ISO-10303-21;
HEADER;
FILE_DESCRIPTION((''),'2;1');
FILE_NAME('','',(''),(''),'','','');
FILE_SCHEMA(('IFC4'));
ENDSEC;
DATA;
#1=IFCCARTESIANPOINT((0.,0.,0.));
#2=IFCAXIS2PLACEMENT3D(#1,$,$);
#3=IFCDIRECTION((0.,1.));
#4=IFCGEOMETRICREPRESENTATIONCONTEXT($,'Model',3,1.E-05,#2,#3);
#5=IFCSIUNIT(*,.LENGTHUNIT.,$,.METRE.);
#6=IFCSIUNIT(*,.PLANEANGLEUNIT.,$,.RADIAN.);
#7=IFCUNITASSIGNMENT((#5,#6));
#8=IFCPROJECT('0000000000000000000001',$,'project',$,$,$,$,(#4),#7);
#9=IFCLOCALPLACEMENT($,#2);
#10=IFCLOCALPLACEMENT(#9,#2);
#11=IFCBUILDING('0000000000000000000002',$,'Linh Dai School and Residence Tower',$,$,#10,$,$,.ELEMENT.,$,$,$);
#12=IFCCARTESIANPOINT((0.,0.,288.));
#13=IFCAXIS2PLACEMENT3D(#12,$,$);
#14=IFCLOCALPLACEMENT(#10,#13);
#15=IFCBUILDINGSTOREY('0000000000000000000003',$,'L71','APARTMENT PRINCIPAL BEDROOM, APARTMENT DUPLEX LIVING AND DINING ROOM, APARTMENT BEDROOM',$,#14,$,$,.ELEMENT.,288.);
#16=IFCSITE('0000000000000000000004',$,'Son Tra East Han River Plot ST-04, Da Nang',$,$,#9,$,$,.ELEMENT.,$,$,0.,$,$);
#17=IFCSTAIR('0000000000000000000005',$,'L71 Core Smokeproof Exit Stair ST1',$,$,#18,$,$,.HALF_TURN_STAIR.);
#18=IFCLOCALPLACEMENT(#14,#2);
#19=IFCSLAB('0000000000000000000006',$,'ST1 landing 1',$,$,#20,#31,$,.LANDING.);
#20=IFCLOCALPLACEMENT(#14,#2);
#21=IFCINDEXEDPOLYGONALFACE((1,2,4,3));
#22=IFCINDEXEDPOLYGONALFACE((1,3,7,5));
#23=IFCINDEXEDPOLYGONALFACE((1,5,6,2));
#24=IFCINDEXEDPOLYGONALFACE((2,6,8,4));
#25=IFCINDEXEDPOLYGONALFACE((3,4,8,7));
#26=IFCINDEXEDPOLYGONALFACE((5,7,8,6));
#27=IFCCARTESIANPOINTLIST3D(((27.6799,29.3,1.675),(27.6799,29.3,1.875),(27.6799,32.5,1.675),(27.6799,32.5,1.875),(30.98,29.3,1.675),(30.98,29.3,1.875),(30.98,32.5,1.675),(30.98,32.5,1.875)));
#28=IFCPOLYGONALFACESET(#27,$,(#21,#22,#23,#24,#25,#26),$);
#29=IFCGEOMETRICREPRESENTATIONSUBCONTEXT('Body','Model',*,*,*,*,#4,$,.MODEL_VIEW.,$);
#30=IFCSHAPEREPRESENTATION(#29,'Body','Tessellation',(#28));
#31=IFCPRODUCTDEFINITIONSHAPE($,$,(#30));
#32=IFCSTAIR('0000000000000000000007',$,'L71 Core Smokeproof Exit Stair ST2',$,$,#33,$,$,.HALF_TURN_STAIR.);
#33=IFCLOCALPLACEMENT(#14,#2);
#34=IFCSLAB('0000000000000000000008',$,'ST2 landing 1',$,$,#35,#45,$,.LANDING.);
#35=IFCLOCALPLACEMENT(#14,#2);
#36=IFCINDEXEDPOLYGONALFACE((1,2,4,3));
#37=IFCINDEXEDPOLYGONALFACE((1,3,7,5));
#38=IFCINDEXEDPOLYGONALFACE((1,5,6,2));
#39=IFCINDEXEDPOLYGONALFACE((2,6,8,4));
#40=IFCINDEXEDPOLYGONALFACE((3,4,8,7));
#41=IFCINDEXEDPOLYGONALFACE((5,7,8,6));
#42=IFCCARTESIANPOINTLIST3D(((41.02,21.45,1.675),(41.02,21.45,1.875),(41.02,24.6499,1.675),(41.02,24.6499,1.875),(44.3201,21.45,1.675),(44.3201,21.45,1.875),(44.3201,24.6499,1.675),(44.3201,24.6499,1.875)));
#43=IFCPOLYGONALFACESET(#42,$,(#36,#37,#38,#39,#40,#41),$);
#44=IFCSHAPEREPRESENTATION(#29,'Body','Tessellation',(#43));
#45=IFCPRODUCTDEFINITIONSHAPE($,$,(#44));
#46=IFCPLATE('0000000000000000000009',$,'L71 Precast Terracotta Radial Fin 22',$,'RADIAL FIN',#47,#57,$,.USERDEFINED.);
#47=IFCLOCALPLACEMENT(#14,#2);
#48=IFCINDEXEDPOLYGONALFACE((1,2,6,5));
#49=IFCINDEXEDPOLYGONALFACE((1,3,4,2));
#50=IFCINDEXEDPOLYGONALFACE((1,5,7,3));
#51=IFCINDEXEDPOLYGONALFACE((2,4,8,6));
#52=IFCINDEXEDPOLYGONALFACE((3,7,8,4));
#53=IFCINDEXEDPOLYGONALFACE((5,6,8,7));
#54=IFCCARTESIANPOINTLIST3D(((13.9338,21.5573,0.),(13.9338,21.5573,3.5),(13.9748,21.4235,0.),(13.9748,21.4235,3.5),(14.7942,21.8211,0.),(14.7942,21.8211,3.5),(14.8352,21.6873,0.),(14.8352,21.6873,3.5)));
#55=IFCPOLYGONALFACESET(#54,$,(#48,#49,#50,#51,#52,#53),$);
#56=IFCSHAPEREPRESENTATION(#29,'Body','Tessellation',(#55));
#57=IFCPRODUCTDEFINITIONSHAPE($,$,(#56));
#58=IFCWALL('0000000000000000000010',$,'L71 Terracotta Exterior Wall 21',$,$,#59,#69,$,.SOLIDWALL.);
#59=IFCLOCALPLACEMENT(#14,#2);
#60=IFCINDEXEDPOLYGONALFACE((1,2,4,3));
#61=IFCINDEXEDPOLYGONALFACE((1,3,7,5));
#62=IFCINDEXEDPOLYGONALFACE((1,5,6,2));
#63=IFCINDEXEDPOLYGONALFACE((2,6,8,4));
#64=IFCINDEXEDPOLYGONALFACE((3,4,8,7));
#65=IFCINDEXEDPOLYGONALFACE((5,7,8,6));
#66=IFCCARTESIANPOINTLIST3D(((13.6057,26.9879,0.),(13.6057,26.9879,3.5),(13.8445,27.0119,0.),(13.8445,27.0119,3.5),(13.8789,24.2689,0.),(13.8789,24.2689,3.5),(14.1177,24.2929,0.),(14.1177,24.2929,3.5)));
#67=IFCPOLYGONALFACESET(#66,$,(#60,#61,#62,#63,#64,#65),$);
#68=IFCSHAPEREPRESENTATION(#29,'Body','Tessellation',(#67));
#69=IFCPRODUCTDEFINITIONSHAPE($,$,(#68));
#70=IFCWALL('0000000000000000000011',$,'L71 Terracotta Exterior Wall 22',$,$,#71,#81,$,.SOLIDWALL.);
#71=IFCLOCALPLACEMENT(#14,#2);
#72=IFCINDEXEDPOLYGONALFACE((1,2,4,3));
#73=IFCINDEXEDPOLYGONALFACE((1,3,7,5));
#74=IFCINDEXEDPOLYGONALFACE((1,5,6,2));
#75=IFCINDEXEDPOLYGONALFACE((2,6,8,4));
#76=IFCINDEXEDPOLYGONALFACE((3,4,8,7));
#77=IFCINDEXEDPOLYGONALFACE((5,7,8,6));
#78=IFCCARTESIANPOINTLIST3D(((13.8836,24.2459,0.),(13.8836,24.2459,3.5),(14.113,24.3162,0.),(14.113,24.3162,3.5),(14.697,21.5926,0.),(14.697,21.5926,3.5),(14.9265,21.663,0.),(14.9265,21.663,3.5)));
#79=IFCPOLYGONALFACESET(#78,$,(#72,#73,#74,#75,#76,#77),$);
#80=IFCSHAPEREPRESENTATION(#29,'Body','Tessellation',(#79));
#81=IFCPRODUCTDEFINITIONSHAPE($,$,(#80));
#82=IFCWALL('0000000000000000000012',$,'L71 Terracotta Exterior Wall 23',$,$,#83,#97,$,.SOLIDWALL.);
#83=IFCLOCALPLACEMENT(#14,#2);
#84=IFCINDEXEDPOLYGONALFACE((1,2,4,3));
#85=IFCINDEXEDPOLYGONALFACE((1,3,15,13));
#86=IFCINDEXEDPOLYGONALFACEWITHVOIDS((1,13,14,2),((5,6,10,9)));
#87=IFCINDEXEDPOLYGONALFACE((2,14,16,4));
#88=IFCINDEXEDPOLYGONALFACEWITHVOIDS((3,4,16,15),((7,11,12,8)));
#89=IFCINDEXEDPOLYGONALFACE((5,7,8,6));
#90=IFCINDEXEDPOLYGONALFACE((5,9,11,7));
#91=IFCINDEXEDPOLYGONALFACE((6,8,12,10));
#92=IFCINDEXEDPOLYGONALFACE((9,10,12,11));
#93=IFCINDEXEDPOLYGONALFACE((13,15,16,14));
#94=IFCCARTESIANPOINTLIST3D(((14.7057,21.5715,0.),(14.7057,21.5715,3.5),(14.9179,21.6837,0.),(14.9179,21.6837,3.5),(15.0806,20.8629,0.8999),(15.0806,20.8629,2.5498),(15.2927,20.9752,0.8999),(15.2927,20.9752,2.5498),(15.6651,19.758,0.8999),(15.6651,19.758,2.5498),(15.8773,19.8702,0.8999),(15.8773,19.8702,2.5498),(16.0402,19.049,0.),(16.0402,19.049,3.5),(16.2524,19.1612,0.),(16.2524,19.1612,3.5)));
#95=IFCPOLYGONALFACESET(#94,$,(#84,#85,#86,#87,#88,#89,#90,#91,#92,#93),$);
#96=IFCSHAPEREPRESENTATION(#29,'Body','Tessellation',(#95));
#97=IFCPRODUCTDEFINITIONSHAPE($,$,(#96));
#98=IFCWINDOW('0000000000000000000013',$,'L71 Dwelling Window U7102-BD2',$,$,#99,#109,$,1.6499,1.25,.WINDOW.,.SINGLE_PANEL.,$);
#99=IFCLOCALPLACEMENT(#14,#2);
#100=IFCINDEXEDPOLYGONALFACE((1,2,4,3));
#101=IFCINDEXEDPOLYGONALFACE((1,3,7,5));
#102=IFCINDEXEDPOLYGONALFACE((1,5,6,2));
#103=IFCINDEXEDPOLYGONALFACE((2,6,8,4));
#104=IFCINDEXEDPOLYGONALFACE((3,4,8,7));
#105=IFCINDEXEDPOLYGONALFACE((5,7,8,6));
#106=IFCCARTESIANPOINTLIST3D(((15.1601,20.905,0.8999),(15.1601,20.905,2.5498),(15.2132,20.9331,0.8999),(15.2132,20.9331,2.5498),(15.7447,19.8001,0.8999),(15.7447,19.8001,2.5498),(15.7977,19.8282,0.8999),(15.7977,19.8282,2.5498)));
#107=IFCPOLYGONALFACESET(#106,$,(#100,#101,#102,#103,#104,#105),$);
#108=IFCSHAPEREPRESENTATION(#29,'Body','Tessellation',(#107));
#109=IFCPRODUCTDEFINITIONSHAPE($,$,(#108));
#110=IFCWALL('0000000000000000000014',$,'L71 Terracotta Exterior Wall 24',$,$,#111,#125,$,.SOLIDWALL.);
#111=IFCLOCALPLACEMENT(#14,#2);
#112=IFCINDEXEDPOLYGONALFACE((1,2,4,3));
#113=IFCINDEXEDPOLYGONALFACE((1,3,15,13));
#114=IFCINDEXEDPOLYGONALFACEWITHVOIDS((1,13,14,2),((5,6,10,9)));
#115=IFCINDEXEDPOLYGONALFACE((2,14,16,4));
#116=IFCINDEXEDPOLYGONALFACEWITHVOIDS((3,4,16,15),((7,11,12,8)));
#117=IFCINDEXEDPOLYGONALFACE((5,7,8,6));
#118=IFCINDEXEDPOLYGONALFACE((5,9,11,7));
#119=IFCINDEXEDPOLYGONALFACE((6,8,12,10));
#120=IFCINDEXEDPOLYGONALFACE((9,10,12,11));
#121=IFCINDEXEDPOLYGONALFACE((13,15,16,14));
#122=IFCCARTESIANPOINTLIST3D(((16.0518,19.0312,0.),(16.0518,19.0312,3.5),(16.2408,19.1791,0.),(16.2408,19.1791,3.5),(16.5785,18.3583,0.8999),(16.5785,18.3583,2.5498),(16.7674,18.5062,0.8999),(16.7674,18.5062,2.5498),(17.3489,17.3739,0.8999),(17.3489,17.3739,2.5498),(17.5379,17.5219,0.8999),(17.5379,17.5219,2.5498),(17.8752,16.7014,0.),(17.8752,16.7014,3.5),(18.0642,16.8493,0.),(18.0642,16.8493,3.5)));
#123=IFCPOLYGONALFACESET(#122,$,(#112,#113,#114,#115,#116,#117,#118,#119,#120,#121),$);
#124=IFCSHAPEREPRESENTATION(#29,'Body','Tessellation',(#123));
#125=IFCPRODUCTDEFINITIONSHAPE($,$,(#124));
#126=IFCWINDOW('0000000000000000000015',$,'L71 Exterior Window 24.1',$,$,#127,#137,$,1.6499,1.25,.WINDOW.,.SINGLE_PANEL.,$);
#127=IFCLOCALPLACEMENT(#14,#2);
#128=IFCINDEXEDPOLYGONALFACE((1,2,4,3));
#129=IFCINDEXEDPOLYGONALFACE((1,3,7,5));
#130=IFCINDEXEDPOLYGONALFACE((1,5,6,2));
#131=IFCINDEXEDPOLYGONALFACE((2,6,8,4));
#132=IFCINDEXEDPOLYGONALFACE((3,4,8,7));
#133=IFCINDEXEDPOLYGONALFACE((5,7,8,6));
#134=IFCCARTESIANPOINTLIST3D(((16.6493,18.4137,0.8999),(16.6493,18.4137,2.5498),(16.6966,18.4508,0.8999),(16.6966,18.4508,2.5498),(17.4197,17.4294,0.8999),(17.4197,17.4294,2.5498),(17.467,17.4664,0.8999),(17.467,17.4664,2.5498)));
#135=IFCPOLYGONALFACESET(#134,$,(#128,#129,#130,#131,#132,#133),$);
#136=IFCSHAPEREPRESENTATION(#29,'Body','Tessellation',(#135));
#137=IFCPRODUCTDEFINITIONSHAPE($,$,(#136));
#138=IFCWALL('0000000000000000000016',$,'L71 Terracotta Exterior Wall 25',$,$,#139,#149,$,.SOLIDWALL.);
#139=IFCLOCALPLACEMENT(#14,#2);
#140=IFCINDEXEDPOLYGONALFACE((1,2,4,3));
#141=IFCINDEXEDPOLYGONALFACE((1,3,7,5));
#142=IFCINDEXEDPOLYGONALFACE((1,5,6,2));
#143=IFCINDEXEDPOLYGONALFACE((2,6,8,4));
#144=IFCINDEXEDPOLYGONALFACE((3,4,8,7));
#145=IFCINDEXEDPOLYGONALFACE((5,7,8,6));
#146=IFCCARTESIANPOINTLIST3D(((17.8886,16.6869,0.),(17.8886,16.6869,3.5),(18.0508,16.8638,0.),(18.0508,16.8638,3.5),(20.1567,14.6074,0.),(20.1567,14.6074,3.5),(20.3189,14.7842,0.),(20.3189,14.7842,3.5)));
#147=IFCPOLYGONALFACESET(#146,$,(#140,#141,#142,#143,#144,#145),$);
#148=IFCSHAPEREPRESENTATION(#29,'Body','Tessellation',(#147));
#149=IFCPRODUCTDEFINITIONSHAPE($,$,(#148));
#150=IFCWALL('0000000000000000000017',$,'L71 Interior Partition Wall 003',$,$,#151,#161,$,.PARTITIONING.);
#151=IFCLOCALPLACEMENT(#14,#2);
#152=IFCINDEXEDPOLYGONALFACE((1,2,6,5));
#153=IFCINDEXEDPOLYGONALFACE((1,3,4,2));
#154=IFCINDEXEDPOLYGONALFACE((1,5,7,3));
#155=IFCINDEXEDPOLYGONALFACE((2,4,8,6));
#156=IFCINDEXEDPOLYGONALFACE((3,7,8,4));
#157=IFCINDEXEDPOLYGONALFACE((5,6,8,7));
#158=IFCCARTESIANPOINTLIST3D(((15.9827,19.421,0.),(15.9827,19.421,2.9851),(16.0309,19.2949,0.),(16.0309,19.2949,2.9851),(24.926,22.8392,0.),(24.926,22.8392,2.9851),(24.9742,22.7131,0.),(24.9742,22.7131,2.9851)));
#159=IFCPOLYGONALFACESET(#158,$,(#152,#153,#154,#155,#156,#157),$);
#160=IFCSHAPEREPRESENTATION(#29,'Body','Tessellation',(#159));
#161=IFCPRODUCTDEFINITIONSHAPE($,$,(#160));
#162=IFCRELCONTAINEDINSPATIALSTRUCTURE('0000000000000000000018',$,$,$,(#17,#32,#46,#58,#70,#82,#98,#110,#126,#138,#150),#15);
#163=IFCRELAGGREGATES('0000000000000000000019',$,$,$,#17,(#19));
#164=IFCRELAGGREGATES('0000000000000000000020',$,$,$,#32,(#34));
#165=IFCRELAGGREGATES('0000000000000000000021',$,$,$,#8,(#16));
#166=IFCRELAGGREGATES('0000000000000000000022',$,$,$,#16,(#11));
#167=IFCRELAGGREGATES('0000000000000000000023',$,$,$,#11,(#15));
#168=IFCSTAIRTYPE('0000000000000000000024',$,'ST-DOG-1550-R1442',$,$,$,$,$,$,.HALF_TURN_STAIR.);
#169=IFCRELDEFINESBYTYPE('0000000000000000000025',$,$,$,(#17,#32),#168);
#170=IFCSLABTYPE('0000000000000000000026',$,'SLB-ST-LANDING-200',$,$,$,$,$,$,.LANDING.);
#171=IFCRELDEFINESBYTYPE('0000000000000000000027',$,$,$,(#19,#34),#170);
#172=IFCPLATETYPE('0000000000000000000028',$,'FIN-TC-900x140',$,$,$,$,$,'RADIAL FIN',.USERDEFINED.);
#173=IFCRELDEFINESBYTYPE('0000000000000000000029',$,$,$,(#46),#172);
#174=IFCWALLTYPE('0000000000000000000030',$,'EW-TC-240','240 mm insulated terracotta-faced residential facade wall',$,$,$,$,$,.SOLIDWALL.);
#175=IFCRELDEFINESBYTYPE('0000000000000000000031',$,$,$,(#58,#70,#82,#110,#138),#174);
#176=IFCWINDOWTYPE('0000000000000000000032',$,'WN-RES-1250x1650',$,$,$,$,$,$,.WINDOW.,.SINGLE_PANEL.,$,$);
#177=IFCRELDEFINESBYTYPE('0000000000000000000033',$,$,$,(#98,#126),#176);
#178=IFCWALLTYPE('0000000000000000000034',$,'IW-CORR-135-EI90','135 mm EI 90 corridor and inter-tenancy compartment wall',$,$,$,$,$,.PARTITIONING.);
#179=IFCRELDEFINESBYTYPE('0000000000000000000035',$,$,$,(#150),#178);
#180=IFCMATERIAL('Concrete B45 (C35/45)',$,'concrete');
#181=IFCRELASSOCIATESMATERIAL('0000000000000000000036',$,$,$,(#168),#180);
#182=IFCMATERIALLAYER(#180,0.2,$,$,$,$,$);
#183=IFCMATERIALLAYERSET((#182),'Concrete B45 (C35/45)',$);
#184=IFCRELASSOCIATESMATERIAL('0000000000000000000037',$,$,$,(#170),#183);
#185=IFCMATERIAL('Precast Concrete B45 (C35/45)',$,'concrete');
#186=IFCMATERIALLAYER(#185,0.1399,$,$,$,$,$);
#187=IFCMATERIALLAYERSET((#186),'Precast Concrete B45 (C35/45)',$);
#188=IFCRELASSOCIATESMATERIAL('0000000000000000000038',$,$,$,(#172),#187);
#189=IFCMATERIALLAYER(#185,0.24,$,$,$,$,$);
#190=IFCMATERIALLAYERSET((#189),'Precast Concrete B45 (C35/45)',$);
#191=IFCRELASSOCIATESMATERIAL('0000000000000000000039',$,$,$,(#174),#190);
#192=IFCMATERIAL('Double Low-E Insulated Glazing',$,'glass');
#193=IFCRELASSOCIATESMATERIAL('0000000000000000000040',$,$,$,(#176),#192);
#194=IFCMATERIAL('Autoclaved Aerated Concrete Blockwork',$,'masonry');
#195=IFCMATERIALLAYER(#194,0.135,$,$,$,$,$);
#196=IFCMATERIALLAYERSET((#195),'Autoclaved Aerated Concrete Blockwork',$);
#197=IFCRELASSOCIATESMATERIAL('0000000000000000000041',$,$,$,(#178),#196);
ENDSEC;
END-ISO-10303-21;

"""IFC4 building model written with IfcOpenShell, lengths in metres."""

from ifc_helpers import new_model, si_unit, direction, frame, frame_2d, origin, origin_2d, place, context, subcontext, project, spatial, polyline, rectangle, outline, extrude, source, transform, mapped, material, layer, layer_set, type_object, element, fill, aggregate, save


model = new_model("IFC4")

# Units and contexts
model_context = context("Model", 3, precision=1e-05, world=origin(), true_north=direction((0.0, 1.0)))
body_context = subcontext(model_context, "Body", "Model", "MODEL_VIEW")
ifc_project = project(units=[si_unit("LENGTHUNIT", "METRE"), si_unit("PLANEANGLEUNIT", "RADIAN")], contexts=[model_context])

# Site, building, storey
site_placement = place(None, origin())
site = spatial("IfcSite", under=ifc_project, at=site_placement, Name="Son Tra East Han River Plot ST-04, Da Nang", CompositionType="ELEMENT", RefElevation=0.0)
building_placement = place(site_placement, origin())
building = spatial("IfcBuilding", under=site, at=building_placement, Name="Linh Dai School and Residence Tower", CompositionType="ELEMENT")
storey_placement = place(building_placement, frame((0.0, 0.0, 288.0)))
storey = spatial("IfcBuildingStorey", under=building, at=storey_placement, Name="L71", Description="APARTMENT PRINCIPAL BEDROOM, APARTMENT DUPLEX LIVING AND DINING ROOM, APARTMENT BEDROOM", CompositionType="ELEMENT", Elevation=288.0)

# Shared definitions
ifc_material_1 = material(Name="Concrete B45 (C35/45)", Category="concrete")

# Stairs, slabs
stair_type = type_object("IfcStairType", Name="ST-DOG-1550-R1442", PredefinedType="HALF_TURN_STAIR", material=ifc_material_1)
stair_1_placement = place(storey_placement, origin())
stair_1 = element("IfcStair", 1, at=stair_1_placement, inside=storey, type_object=stair_type, Name="L71 Core Smokeproof Exit Stair ST1", PredefinedType="HALF_TURN_STAIR")
ifc_layer_1 = layer(ifc_material_1, 0.2)
ifc_layer_set_1 = layer_set([ifc_layer_1], Name="Concrete B45 (C35/45)")
slab_type_1 = type_object("IfcSlabType", Name="SLB-ST-LANDING-200", PredefinedType="LANDING", material=ifc_layer_set_1)
slab_1_placement = place(storey_placement, frame((0.0, 0.0, 1.675)))
slab_1 = element("IfcSlab", 2, at=slab_1_placement, type_object=slab_type_1, Name="ST1 landing 1", PredefinedType="LANDING", context=body_context, shape_type="SweptSolid", body=[
    extrude(outline(polyline([(30.98, 29.3), (30.98, 32.5), (27.6799, 32.5), (27.6799, 29.3), (30.98, 29.3)])), origin(), (0.0, 0.0, 1.0), 0.2),
])
aggregate(stair_1, [slab_1])
stair_2_placement = place(storey_placement, origin())
stair_2 = element("IfcStair", 3, at=stair_2_placement, inside=storey, type_object=stair_type, Name="L71 Core Smokeproof Exit Stair ST2", PredefinedType="HALF_TURN_STAIR")
slab_2_placement = place(storey_placement, frame((0.0, 0.0, 1.675)))
slab_2 = element("IfcSlab", 4, at=slab_2_placement, type_object=slab_type_1, Name="ST2 landing 1", PredefinedType="LANDING", context=body_context, shape_type="SweptSolid", body=[
    extrude(outline(polyline([(41.02, 24.6499), (41.02, 21.45), (44.3201, 21.45), (44.3201, 24.6499), (41.02, 24.6499)])), origin(), (0.0, 0.0, 1.0), 0.2),
])
aggregate(stair_2, [slab_2])

# Plate
ifc_material_2 = material(Name="Precast Concrete B45 (C35/45)", Category="concrete")
ifc_layer_2 = layer(ifc_material_2, 0.1399)
ifc_layer_set_2 = layer_set([ifc_layer_2], Name="Precast Concrete B45 (C35/45)")
plate_type = type_object("IfcPlateType", Name="FIN-TC-900x140", ElementType="RADIAL FIN", PredefinedType="USERDEFINED", material=ifc_layer_set_2)
shared_shape_1 = source(origin(), body_context, "Body", "SweptSolid", [
    extrude(rectangle(XDim=0.8999, YDim=0.1399, at=origin_2d()), origin(), (0.0, 0.0, 1.0), 3.5),
])
plate_placement = place(storey_placement, frame((14.3845, 21.6223, 0.0), z_axis=(0.0, 0.0, 1.0), x_axis=(-0.956069, -0.293141, 0.0)))
element("IfcPlate", 5, at=plate_placement, inside=storey, type_object=plate_type, Name="L71 Precast Terracotta Radial Fin 22", ObjectType="RADIAL FIN", PredefinedType="USERDEFINED", context=body_context, shape_type="MappedRepresentation", body=[
    mapped(shared_shape_1, transform((0.0, 0.0, 0.0), x_axis=(1.0, 0.0, 0.0), y_axis=(0.0, 1.0, 0.0), z_axis=(0.0, 0.0, 1.0), scale=1.0)),
])

# Walls
ifc_layer_3 = layer(ifc_material_2, 0.24)
ifc_layer_set_3 = layer_set([ifc_layer_3], Name="Precast Concrete B45 (C35/45)")
wall_type_1 = type_object("IfcWallType", Name="EW-TC-240", Description="240 mm insulated terracotta-faced residential facade wall", PredefinedType="SOLIDWALL", material=ifc_layer_set_3)
wall_1_placement = place(storey_placement, frame((13.9983, 24.281, 0.0), z_axis=(0.0, 0.0, 1.0), x_axis=(-0.099973, 0.99499, 0.0)))
element("IfcWall", 6, at=wall_1_placement, inside=storey, type_object=wall_type_1, Name="L71 Terracotta Exterior Wall 21", PredefinedType="SOLIDWALL", context=body_context, shape_type="SweptSolid", body=[
    extrude(rectangle(XDim=2.7327, YDim=0.24, at=frame_2d((1.3662, 0.0))), origin(), (0.0, 0.0, 1.0), 3.5),
])
wall_2_placement = place(storey_placement, frame((14.8118, 21.6277, 0.0), z_axis=(0.0, 0.0, 1.0), x_axis=(-0.293121, 0.956075, 0.0)))
element("IfcWall", 7, at=wall_2_placement, inside=storey, type_object=wall_type_1, Name="L71 Terracotta Exterior Wall 22", PredefinedType="SOLIDWALL", context=body_context, shape_type="SweptSolid", body=[
    extrude(rectangle(XDim=2.7751, YDim=0.24, at=frame_2d((1.3877, 0.0))), origin(), (0.0, 0.0, 1.0), 3.5),
])

# Walls, openings, windows
wall_3_placement = place(storey_placement, frame((16.1462, 19.1052, 0.0), z_axis=(0.0, 0.0, 1.0), x_axis=(-0.467628, 0.883925, 0.0)))
wall_3 = element("IfcWall", 8, at=wall_3_placement, inside=storey, type_object=wall_type_1, Name="L71 Terracotta Exterior Wall 23", PredefinedType="SOLIDWALL", context=body_context, shape_type="SweptSolid", body=[
    extrude(rectangle(XDim=2.8538, YDim=0.24, at=frame_2d((1.4268, 0.0))), origin(), (0.0, 0.0, 1.0), 3.5),
])
opening_1_placement = place(wall_3_placement, frame((0.802, 0.0, 0.8999)))
opening_1 = element("IfcOpeningElement", 9, at=opening_1_placement, cuts=wall_3, PredefinedType="OPENING", context=body_context, shape_type="SweptSolid", body=[
    extrude(rectangle(XDim=1.25, YDim=1.6499, at=origin_2d()), frame((0.625, 0.1299, 0.825), z_axis=(0.0, -1.0, 0.0), x_axis=(1.0, 0.0, 0.0)), (0.0, 0.0, 1.0), 0.26),
])
ifc_material_3 = material(Name="Double Low-E Insulated Glazing", Category="glass")
window_type = type_object("IfcWindowType", Name="WN-RES-1250x1650", PartitioningType="SINGLE_PANEL", PredefinedType="WINDOW", material=ifc_material_3)
shared_shape_2 = source(origin(), body_context, "Body", "SweptSolid", [
    extrude(rectangle(XDim=1.25, YDim=1.6499, at=origin_2d()), frame((0.625, 0.03, 0.825), z_axis=(0.0, -1.0, 0.0), x_axis=(1.0, 0.0, 0.0)), (0.0, 0.0, 1.0), 0.0601),
])
window_1_placement = place(opening_1_placement, origin())
window_1 = element("IfcWindow", 10, at=window_1_placement, inside=storey, type_object=window_type, Name="L71 Dwelling Window U7102-BD2", OverallHeight=1.6499, OverallWidth=1.25, PartitioningType="SINGLE_PANEL", PredefinedType="WINDOW", context=body_context, shape_type="MappedRepresentation", body=[
    mapped(shared_shape_2, transform((0.0, 0.0, 0.0), x_axis=(1.0, 0.0, 0.0), y_axis=(0.0, 1.0, 0.0), z_axis=(0.0, 0.0, 1.0), scale=1.0)),
])
fill(opening_1, window_1)
wall_4_placement = place(storey_placement, frame((17.9697, 16.7754, 0.0), z_axis=(0.0, 0.0, 1.0), x_axis=(-0.616337, 0.787482, 0.0)))
wall_4 = element("IfcWall", 11, at=wall_4_placement, inside=storey, type_object=wall_type_1, Name="L71 Terracotta Exterior Wall 24", PredefinedType="SOLIDWALL", context=body_context, shape_type="SweptSolid", body=[
    extrude(rectangle(XDim=2.9585, YDim=0.24, at=frame_2d((1.4792, 0.0))), origin(), (0.0, 0.0, 1.0), 3.5),
])
opening_2_placement = place(wall_4_placement, frame((0.854, 0.0, 0.8999)))
opening_2 = element("IfcOpeningElement", 12, at=opening_2_placement, cuts=wall_4, PredefinedType="OPENING", context=body_context, shape_type="SweptSolid", body=[
    extrude(rectangle(XDim=1.25, YDim=1.6499, at=origin_2d()), frame((0.625, 0.1299, 0.825), z_axis=(0.0, -1.0, 0.0), x_axis=(1.0, 0.0, 0.0)), (0.0, 0.0, 1.0), 0.26),
])
window_2_placement = place(opening_2_placement, origin())
window_2 = element("IfcWindow", 13, at=window_2_placement, inside=storey, type_object=window_type, Name="L71 Exterior Window 24.1", OverallHeight=1.6499, OverallWidth=1.25, PartitioningType="SINGLE_PANEL", PredefinedType="WINDOW", context=body_context, shape_type="MappedRepresentation", body=[
    mapped(shared_shape_2, transform((0.0, 0.0, 0.0), x_axis=(1.0, 0.0, 0.0), y_axis=(0.0, 1.0, 0.0), z_axis=(0.0, 0.0, 1.0), scale=1.0)),
])
fill(opening_2, window_2)

# Walls
wall_5_placement = place(storey_placement, frame((20.2378, 14.6958, 0.0), z_axis=(0.0, 0.0, 1.0), x_axis=(-0.737069, 0.675818, 0.0)))
element("IfcWall", 14, at=wall_5_placement, inside=storey, type_object=wall_type_1, Name="L71 Terracotta Exterior Wall 25", PredefinedType="SOLIDWALL", context=body_context, shape_type="SweptSolid", body=[
    extrude(rectangle(XDim=3.0771, YDim=0.24, at=frame_2d((1.5386, 0.0))), origin(), (0.0, 0.0, 1.0), 3.5),
])
ifc_material_4 = material(Name="Autoclaved Aerated Concrete Blockwork", Category="masonry")
ifc_layer_4 = layer(ifc_material_4, 0.135)
ifc_layer_set_4 = layer_set([ifc_layer_4], Name="Autoclaved Aerated Concrete Blockwork")
wall_type_2 = type_object("IfcWallType", Name="IW-CORR-135-EI90", Description="135 mm EI 90 corridor and inter-tenancy compartment wall", PredefinedType="PARTITIONING", material=ifc_layer_set_4)
wall_6_placement = place(storey_placement, frame((16.0068, 19.3579, 0.0), z_axis=(0.0, 0.0, 1.0), x_axis=(0.934094, 0.357027, 0.0)))
element("IfcWall", 15, at=wall_6_placement, inside=storey, type_object=wall_type_2, Name="L71 Interior Partition Wall 003", PredefinedType="PARTITIONING", context=body_context, shape_type="SweptSolid", body=[
    extrude(rectangle(XDim=9.5742, YDim=0.135, at=frame_2d((4.7871, 0.0))), origin(), (0.0, 0.0, 1.0), 2.9851),
])

save(model, "model.ifc")
